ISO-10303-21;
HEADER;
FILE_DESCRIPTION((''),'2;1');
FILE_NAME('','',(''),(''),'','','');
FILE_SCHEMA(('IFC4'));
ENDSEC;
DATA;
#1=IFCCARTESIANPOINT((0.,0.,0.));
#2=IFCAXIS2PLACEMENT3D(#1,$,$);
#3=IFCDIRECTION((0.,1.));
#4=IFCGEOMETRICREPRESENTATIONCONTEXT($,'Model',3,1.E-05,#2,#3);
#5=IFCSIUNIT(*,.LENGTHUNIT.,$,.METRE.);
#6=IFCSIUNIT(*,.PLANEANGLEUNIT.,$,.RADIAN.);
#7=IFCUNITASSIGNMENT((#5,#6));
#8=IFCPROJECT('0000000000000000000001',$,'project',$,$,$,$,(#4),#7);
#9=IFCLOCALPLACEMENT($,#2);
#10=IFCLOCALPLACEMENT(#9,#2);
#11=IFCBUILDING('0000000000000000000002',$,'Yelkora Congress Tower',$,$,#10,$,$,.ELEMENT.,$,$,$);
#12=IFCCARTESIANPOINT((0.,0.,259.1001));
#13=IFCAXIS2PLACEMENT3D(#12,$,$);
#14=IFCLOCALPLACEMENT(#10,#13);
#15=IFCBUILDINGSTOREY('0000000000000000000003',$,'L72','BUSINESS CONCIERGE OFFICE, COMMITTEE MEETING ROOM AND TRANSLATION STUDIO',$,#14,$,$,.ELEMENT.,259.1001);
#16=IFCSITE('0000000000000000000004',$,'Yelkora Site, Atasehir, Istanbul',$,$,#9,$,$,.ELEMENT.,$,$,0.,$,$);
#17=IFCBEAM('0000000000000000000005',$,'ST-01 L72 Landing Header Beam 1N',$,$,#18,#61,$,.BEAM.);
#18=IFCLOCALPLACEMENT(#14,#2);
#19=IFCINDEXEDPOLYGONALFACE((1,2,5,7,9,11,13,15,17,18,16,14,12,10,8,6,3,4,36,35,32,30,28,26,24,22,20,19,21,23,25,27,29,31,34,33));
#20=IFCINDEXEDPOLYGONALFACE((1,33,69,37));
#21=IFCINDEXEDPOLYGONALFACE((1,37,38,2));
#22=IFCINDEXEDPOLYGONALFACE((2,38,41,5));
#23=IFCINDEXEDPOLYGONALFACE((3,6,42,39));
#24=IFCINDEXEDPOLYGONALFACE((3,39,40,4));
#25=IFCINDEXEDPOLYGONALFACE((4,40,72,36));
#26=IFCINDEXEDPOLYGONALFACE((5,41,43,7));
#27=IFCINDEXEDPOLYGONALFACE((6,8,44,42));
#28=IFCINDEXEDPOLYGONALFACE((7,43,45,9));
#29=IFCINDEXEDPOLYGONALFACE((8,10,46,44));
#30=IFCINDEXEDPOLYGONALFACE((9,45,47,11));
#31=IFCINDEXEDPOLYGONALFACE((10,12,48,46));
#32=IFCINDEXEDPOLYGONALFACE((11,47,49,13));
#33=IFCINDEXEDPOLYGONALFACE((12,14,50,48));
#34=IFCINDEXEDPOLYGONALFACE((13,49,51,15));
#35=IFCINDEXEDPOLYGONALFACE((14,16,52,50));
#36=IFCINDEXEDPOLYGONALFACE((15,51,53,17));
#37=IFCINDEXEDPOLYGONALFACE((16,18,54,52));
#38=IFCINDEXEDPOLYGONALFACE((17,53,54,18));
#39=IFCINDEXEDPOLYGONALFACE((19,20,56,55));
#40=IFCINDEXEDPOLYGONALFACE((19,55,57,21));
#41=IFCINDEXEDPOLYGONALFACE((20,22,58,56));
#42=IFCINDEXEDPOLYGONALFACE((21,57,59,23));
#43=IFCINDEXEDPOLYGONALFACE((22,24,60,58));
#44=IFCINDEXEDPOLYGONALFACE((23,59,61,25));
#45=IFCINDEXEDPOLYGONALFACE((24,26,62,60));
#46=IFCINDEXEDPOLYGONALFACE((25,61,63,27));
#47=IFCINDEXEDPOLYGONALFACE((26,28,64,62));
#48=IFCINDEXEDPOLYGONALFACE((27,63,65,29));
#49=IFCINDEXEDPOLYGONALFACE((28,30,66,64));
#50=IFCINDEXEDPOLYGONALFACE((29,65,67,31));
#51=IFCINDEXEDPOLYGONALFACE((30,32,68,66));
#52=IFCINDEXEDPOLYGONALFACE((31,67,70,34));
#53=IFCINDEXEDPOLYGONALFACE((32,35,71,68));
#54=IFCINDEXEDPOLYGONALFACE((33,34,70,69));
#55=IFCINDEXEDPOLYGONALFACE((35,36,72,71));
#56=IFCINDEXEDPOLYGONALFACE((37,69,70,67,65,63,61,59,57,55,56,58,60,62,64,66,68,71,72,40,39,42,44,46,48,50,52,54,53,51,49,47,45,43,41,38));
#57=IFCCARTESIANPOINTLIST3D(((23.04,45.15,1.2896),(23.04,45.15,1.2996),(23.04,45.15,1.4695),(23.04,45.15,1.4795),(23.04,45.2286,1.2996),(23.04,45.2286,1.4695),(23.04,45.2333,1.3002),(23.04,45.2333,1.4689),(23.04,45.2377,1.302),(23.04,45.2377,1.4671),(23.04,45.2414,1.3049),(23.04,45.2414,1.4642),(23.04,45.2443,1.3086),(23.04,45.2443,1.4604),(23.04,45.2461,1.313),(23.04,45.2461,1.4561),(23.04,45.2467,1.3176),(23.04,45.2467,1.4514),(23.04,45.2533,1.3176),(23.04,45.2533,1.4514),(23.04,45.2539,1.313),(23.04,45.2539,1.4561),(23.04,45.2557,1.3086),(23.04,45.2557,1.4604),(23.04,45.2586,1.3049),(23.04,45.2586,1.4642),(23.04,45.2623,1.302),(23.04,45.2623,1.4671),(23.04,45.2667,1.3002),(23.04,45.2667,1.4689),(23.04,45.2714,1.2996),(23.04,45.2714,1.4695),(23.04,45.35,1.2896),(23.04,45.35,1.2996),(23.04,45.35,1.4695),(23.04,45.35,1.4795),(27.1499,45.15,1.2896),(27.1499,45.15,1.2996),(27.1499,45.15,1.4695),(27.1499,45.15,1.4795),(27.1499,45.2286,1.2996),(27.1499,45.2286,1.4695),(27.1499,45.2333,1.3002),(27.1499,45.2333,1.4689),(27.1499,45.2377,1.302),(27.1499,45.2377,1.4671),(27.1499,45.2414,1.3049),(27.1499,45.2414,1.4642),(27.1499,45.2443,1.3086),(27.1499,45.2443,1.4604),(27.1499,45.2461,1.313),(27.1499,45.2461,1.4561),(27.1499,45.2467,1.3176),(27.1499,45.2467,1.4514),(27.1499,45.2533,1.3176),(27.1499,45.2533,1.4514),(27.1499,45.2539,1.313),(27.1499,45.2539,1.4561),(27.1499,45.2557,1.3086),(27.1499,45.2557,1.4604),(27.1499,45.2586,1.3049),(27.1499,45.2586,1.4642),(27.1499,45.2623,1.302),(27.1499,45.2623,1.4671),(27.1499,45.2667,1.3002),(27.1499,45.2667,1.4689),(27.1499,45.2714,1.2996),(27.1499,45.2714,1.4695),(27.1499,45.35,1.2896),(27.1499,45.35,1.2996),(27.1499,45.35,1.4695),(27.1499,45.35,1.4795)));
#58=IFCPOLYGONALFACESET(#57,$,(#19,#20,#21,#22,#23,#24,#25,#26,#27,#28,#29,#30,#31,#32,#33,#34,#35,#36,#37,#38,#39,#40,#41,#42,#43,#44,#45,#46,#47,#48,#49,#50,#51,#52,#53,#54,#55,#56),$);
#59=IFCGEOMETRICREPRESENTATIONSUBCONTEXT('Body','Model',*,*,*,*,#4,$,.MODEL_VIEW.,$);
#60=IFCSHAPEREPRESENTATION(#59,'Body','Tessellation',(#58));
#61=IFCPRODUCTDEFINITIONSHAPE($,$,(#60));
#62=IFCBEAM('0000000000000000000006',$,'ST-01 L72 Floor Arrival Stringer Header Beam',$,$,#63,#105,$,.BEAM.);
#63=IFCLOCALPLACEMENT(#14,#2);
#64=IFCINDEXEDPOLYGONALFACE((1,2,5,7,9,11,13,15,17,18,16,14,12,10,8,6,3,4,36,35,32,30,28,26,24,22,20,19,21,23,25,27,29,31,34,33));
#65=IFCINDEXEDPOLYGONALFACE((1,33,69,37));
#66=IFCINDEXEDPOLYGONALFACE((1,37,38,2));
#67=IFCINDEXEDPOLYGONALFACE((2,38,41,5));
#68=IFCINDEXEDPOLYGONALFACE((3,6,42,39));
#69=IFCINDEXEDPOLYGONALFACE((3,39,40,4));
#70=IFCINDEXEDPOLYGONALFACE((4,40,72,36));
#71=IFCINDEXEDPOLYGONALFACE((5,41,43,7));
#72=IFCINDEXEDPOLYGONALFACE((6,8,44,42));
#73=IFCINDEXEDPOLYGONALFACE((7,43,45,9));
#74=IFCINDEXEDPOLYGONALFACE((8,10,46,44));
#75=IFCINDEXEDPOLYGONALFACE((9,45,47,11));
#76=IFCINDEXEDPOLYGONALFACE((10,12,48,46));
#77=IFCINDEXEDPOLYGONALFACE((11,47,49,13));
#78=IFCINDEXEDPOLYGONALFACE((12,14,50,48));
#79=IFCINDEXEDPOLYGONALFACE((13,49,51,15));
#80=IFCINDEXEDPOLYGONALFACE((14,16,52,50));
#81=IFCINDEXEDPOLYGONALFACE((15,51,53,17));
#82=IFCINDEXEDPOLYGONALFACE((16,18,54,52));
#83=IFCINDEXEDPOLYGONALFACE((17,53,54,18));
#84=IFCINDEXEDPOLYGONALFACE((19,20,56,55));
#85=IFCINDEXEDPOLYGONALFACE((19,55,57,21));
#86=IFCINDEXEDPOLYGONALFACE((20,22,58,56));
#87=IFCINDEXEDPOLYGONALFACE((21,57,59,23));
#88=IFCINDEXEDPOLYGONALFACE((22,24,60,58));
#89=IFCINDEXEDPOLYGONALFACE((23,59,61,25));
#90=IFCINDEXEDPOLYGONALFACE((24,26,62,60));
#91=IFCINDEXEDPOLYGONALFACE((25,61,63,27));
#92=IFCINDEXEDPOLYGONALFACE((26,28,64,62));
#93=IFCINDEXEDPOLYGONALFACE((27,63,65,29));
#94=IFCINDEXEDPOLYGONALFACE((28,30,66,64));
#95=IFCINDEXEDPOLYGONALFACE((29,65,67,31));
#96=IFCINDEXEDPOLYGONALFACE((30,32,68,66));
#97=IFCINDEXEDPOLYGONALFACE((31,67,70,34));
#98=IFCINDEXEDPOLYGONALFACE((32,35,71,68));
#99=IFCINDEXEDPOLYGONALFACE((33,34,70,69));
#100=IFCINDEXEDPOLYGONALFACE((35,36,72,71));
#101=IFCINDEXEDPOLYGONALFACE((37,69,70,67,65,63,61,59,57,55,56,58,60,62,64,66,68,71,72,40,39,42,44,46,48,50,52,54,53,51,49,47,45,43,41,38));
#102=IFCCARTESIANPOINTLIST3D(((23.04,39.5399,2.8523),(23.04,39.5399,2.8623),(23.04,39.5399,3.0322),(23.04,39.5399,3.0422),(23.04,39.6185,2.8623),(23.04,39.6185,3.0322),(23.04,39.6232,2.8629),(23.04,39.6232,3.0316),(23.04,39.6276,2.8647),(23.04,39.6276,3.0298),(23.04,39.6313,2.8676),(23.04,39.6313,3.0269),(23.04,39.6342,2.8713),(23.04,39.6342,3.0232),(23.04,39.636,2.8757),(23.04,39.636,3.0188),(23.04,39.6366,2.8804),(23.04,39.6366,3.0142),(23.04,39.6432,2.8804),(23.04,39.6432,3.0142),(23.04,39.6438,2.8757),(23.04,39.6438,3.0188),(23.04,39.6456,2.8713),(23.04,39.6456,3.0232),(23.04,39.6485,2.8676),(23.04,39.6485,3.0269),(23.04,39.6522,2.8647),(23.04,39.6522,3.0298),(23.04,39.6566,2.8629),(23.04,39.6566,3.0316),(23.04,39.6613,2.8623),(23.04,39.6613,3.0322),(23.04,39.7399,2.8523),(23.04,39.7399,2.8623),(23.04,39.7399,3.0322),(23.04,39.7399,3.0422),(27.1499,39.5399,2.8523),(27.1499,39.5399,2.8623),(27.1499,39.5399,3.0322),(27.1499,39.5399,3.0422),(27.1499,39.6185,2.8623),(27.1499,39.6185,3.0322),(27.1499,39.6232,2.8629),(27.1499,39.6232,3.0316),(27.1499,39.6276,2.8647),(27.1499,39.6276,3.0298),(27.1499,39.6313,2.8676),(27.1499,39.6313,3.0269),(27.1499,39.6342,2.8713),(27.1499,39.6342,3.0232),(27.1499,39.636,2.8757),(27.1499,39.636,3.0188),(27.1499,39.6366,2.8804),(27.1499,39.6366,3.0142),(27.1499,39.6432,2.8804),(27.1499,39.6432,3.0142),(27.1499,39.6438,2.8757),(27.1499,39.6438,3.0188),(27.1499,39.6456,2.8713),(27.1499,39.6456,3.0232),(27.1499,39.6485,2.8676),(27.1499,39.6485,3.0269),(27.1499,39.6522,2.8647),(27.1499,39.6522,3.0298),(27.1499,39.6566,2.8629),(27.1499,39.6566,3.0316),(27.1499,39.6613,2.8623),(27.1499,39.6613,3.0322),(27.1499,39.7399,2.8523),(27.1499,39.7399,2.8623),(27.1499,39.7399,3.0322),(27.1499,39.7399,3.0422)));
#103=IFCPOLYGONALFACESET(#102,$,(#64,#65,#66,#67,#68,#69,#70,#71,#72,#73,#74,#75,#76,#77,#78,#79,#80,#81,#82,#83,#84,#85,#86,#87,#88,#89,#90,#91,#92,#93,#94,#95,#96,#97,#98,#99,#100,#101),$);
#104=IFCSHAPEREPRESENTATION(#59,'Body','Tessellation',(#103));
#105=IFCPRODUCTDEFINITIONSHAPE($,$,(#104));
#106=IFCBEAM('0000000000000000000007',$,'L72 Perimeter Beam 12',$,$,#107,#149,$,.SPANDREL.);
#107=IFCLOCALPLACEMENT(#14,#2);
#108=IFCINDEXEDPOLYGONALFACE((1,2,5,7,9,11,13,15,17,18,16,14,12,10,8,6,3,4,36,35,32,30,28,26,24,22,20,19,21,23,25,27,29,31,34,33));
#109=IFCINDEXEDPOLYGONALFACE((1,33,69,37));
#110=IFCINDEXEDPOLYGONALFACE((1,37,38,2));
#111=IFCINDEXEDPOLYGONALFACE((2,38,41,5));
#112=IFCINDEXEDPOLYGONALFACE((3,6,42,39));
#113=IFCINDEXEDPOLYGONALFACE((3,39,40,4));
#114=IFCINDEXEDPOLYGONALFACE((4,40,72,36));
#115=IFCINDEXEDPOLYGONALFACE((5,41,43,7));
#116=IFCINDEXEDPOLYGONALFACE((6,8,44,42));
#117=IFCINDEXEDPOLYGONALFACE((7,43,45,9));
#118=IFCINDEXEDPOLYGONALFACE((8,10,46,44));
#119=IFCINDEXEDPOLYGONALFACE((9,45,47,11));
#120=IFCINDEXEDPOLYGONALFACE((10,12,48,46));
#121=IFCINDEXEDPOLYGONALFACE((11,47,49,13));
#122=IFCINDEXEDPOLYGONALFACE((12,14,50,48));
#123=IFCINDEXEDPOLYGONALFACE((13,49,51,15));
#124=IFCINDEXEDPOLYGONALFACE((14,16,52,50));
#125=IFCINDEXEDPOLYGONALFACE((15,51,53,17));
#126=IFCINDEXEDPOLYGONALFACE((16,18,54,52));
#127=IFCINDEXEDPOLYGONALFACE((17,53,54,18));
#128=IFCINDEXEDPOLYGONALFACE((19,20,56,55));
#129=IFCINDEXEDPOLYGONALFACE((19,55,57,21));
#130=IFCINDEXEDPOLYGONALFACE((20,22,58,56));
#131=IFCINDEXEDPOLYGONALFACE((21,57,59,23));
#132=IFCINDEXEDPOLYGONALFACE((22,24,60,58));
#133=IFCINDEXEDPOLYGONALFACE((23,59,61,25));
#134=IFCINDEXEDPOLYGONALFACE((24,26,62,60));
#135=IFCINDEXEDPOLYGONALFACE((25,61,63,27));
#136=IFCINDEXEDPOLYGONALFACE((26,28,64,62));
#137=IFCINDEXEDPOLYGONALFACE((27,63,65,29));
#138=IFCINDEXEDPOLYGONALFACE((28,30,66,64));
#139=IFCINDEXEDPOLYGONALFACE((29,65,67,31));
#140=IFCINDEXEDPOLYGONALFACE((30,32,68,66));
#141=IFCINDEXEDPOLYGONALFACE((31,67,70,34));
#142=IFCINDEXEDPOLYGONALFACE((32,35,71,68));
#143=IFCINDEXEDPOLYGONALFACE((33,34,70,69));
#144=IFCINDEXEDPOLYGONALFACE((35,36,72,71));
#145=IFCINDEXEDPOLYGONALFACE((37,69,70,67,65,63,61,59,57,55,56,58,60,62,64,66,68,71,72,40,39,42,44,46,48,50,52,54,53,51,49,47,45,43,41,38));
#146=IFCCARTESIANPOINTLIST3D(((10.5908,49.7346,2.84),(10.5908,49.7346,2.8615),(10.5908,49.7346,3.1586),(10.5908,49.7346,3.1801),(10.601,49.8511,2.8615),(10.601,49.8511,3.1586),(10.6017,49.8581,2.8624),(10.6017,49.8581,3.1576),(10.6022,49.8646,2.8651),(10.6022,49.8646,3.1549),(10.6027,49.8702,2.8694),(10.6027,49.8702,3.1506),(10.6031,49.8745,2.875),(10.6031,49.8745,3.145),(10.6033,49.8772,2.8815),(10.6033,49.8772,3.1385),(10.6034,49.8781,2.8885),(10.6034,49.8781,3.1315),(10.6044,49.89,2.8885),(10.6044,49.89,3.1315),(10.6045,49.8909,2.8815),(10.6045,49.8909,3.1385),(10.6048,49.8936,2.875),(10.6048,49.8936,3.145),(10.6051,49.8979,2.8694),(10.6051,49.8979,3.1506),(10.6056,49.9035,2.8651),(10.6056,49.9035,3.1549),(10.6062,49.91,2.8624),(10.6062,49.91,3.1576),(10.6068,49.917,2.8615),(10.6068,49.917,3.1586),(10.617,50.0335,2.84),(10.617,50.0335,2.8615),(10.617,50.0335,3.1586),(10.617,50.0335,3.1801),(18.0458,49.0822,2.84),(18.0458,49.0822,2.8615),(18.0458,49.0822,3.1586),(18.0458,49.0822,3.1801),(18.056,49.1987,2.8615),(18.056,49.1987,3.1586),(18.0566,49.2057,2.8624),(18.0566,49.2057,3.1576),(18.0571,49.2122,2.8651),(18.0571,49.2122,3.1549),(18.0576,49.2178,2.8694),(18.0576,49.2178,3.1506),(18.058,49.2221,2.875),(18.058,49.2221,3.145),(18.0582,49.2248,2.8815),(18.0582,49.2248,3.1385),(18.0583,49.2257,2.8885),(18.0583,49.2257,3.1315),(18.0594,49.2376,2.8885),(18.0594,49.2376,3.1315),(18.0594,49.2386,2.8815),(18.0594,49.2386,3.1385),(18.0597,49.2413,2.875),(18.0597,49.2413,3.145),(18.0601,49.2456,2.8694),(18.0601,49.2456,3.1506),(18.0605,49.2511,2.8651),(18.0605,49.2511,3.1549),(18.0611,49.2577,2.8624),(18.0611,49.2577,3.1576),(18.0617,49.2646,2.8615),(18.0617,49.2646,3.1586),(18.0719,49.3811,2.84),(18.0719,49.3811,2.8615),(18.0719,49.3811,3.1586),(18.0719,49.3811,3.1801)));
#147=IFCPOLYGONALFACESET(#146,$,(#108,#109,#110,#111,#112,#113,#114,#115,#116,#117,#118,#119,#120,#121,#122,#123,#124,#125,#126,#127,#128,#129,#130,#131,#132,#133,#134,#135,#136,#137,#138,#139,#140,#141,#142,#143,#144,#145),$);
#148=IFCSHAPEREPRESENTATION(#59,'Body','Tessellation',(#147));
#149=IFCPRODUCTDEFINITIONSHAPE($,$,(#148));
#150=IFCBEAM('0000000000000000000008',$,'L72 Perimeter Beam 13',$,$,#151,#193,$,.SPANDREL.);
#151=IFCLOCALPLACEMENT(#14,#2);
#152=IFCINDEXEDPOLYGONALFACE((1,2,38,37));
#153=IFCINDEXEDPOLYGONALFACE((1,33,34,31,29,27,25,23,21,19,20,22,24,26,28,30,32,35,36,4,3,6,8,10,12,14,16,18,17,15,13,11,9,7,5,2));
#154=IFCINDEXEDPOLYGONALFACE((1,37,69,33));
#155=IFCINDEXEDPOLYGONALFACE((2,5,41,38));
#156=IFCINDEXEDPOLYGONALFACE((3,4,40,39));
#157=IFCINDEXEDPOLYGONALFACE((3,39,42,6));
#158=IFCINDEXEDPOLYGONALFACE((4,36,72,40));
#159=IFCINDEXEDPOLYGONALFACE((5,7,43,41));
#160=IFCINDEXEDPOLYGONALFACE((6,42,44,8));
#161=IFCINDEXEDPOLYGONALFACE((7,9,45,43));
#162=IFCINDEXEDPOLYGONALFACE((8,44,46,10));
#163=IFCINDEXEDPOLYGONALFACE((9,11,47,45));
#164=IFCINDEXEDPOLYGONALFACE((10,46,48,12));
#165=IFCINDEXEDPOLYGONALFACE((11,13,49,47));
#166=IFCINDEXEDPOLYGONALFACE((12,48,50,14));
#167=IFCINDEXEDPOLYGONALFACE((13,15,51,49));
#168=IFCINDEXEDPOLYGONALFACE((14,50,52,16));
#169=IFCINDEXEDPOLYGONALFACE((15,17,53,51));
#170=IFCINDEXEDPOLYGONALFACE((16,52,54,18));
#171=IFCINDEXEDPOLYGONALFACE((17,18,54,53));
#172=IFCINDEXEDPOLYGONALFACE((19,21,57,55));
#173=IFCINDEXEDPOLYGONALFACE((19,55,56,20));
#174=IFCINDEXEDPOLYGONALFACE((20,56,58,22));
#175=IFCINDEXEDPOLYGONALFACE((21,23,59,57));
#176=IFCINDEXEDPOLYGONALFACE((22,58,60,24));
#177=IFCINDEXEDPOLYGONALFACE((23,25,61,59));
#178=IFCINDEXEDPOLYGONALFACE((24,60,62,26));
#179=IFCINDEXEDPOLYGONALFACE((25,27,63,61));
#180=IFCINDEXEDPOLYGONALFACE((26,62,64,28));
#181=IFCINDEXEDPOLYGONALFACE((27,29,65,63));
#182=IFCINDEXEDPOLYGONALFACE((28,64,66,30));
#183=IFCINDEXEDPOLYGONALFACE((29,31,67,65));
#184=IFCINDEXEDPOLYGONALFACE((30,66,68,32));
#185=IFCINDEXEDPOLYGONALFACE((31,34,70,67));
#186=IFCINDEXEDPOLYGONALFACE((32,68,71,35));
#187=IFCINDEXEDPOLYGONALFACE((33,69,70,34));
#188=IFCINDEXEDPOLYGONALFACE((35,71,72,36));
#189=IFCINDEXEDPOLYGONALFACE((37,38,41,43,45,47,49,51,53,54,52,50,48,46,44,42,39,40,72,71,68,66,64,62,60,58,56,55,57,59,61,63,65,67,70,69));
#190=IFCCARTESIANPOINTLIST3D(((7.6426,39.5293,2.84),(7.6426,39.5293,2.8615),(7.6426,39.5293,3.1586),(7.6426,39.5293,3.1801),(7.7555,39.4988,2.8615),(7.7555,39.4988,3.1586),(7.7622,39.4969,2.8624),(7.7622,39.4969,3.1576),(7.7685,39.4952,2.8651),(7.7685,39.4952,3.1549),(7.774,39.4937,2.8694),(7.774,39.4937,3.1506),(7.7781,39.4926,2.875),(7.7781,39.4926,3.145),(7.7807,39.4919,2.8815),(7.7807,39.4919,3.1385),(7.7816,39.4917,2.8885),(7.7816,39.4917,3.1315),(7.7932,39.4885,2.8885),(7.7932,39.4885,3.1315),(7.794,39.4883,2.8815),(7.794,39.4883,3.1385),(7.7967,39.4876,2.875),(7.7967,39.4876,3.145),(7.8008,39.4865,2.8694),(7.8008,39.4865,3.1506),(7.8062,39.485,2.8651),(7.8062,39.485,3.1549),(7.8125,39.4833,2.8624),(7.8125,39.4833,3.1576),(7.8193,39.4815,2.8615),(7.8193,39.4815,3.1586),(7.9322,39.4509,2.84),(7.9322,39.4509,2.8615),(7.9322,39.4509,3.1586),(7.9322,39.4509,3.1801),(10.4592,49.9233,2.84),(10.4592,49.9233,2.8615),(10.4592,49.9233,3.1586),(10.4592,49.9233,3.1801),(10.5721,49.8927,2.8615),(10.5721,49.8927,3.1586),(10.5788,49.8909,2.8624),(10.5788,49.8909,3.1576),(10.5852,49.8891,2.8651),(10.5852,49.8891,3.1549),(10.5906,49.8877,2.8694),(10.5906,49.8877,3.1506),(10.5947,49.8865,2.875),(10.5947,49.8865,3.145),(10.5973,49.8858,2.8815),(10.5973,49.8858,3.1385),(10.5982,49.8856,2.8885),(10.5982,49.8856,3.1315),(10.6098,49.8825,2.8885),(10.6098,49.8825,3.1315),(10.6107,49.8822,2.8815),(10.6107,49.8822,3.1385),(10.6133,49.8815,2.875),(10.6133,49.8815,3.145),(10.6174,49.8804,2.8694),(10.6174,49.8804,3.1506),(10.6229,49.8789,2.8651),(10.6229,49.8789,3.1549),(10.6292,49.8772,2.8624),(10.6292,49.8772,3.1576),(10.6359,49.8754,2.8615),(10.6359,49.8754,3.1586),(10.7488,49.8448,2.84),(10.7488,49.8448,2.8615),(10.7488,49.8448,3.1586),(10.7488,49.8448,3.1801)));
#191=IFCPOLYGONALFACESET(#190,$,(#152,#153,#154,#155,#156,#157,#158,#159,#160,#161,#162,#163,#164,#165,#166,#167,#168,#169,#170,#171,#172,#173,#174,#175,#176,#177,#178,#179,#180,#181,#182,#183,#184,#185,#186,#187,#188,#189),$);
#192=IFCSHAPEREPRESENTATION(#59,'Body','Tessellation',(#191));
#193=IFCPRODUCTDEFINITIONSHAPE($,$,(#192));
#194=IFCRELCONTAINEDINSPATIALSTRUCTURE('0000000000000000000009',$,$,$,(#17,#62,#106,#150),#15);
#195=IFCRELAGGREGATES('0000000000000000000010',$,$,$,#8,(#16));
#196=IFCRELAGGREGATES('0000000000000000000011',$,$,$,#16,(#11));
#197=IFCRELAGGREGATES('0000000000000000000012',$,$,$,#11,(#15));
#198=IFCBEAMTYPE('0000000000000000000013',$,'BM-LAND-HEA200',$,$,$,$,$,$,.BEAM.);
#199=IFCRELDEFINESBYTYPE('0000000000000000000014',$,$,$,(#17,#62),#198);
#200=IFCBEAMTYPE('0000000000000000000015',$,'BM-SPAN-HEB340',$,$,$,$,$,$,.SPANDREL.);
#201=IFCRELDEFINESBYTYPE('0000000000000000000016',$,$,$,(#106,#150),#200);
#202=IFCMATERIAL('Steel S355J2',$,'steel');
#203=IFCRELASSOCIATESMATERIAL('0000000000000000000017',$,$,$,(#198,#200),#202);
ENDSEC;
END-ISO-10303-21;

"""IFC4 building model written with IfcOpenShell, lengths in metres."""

from ifc_helpers import new_model, si_unit, direction, frame, origin, origin_2d, place, context, subcontext, project, spatial, i_section, extrude, material, material_profile, profile_set, type_object, element, save


model = new_model("IFC4")

# Units and contexts
model_context = context("Model", 3, precision=1e-05, world=origin(), true_north=direction((0.0, 1.0)))
body_context = subcontext(model_context, "Body", "Model", "MODEL_VIEW")
ifc_project = project(units=[si_unit("LENGTHUNIT", "METRE"), si_unit("PLANEANGLEUNIT", "RADIAN")], contexts=[model_context])

# Site, building, storey
site_placement = place(None, origin())
site = spatial("IfcSite", under=ifc_project, at=site_placement, Name="Yelkora Site, Atasehir, Istanbul", CompositionType="ELEMENT", RefElevation=0.0)
building_placement = place(site_placement, origin())
building = spatial("IfcBuilding", under=site, at=building_placement, Name="Yelkora Congress Tower", CompositionType="ELEMENT")
storey_placement = place(building_placement, frame((0.0, 0.0, 259.1001)))
storey = spatial("IfcBuildingStorey", under=building, at=storey_placement, Name="L72", Description="BUSINESS CONCIERGE OFFICE, COMMITTEE MEETING ROOM AND TRANSLATION STUDIO", CompositionType="ELEMENT", Elevation=259.1001)

# Shared definitions
ifc_material_1 = material(Name="Steel S355J2", Category="steel")

# Beams
ifc_material_profile_1 = material_profile(ifc_material_1, i_section(OverallWidth=0.2, OverallDepth=0.1899, WebThickness=0.0066, FlangeThickness=0.01, FilletRadius=0.0181, at=origin_2d()), Name="HEA 200")
ifc_profile_set_1 = profile_set([ifc_material_profile_1], Name="Steel S355J2")
beam_type_1 = type_object("IfcBeamType", Name="BM-LAND-HEA200", PredefinedType="BEAM", material=ifc_profile_set_1)
for number, where, z_axis, x_axis, name in (
    (1, (23.04, 45.25, 1.3845), (1.0, 0.0, 0.0), (0.0, 1.0, 0.0), "ST-01 L72 Landing Header Beam 1N"),
    (2, (23.04, 39.6399, 2.9473), (1.0, 0.0, 0.0), (0.0, 1.0, 0.0), "ST-01 L72 Floor Arrival Stringer Header Beam"),
):
    element("IfcBeam", number, at=place(storey_placement, frame(where, z_axis=z_axis, x_axis=x_axis)), inside=storey, type_object=beam_type_1, Name=name, PredefinedType="BEAM", context=body_context, shape_type="SweptSolid", body=[
        extrude(i_section(OverallWidth=0.2, OverallDepth=0.1899, WebThickness=0.0066, FlangeThickness=0.01, FilletRadius=0.0181, at=origin_2d()), origin(), (0.0, 0.0, 1.0), 4.1099),
    ])
ifc_material_profile_2 = material_profile(ifc_material_1, i_section(OverallWidth=0.3, OverallDepth=0.3401, WebThickness=0.012, FlangeThickness=0.0215, FilletRadius=0.0271, at=origin_2d()), Name="HEB 340")
ifc_profile_set_2 = profile_set([ifc_material_profile_2], Name="Steel S355J2")
beam_type_2 = type_object("IfcBeamType", Name="BM-SPAN-HEB340", PredefinedType="SPANDREL", material=ifc_profile_set_2)
beam_1_placement = place(storey_placement, frame((18.0588, 49.2317, 3.01), z_axis=(-0.996193, 0.087173, 0.0), x_axis=(-0.087173, -0.996193, 0.0)))
element("IfcBeam", 3, at=beam_1_placement, inside=storey, type_object=beam_type_2, Name="L72 Perimeter Beam 12", PredefinedType="SPANDREL", context=body_context, shape_type="SweptSolid", body=[
    extrude(i_section(OverallWidth=0.3, OverallDepth=0.3401, WebThickness=0.012, FlangeThickness=0.0215, FilletRadius=0.0271, at=origin_2d()), origin(), (0.0, 0.0, 1.0), 7.4834),
])
beam_2_placement = place(storey_placement, frame((10.604, 49.884, 3.01), z_axis=(-0.261554, -0.965189, 0.0), x_axis=(0.965189, -0.261554, 0.0)))
element("IfcBeam", 4, at=beam_2_placement, inside=storey, type_object=beam_type_2, Name="L72 Perimeter Beam 13", PredefinedType="SPANDREL", context=body_context, shape_type="SweptSolid", body=[
    extrude(i_section(OverallWidth=0.3, OverallDepth=0.3401, WebThickness=0.012, FlangeThickness=0.0215, FilletRadius=0.0271, at=origin_2d()), origin(), (0.0, 0.0, 1.0), 10.7688),
])

save(model, "model.ifc")
